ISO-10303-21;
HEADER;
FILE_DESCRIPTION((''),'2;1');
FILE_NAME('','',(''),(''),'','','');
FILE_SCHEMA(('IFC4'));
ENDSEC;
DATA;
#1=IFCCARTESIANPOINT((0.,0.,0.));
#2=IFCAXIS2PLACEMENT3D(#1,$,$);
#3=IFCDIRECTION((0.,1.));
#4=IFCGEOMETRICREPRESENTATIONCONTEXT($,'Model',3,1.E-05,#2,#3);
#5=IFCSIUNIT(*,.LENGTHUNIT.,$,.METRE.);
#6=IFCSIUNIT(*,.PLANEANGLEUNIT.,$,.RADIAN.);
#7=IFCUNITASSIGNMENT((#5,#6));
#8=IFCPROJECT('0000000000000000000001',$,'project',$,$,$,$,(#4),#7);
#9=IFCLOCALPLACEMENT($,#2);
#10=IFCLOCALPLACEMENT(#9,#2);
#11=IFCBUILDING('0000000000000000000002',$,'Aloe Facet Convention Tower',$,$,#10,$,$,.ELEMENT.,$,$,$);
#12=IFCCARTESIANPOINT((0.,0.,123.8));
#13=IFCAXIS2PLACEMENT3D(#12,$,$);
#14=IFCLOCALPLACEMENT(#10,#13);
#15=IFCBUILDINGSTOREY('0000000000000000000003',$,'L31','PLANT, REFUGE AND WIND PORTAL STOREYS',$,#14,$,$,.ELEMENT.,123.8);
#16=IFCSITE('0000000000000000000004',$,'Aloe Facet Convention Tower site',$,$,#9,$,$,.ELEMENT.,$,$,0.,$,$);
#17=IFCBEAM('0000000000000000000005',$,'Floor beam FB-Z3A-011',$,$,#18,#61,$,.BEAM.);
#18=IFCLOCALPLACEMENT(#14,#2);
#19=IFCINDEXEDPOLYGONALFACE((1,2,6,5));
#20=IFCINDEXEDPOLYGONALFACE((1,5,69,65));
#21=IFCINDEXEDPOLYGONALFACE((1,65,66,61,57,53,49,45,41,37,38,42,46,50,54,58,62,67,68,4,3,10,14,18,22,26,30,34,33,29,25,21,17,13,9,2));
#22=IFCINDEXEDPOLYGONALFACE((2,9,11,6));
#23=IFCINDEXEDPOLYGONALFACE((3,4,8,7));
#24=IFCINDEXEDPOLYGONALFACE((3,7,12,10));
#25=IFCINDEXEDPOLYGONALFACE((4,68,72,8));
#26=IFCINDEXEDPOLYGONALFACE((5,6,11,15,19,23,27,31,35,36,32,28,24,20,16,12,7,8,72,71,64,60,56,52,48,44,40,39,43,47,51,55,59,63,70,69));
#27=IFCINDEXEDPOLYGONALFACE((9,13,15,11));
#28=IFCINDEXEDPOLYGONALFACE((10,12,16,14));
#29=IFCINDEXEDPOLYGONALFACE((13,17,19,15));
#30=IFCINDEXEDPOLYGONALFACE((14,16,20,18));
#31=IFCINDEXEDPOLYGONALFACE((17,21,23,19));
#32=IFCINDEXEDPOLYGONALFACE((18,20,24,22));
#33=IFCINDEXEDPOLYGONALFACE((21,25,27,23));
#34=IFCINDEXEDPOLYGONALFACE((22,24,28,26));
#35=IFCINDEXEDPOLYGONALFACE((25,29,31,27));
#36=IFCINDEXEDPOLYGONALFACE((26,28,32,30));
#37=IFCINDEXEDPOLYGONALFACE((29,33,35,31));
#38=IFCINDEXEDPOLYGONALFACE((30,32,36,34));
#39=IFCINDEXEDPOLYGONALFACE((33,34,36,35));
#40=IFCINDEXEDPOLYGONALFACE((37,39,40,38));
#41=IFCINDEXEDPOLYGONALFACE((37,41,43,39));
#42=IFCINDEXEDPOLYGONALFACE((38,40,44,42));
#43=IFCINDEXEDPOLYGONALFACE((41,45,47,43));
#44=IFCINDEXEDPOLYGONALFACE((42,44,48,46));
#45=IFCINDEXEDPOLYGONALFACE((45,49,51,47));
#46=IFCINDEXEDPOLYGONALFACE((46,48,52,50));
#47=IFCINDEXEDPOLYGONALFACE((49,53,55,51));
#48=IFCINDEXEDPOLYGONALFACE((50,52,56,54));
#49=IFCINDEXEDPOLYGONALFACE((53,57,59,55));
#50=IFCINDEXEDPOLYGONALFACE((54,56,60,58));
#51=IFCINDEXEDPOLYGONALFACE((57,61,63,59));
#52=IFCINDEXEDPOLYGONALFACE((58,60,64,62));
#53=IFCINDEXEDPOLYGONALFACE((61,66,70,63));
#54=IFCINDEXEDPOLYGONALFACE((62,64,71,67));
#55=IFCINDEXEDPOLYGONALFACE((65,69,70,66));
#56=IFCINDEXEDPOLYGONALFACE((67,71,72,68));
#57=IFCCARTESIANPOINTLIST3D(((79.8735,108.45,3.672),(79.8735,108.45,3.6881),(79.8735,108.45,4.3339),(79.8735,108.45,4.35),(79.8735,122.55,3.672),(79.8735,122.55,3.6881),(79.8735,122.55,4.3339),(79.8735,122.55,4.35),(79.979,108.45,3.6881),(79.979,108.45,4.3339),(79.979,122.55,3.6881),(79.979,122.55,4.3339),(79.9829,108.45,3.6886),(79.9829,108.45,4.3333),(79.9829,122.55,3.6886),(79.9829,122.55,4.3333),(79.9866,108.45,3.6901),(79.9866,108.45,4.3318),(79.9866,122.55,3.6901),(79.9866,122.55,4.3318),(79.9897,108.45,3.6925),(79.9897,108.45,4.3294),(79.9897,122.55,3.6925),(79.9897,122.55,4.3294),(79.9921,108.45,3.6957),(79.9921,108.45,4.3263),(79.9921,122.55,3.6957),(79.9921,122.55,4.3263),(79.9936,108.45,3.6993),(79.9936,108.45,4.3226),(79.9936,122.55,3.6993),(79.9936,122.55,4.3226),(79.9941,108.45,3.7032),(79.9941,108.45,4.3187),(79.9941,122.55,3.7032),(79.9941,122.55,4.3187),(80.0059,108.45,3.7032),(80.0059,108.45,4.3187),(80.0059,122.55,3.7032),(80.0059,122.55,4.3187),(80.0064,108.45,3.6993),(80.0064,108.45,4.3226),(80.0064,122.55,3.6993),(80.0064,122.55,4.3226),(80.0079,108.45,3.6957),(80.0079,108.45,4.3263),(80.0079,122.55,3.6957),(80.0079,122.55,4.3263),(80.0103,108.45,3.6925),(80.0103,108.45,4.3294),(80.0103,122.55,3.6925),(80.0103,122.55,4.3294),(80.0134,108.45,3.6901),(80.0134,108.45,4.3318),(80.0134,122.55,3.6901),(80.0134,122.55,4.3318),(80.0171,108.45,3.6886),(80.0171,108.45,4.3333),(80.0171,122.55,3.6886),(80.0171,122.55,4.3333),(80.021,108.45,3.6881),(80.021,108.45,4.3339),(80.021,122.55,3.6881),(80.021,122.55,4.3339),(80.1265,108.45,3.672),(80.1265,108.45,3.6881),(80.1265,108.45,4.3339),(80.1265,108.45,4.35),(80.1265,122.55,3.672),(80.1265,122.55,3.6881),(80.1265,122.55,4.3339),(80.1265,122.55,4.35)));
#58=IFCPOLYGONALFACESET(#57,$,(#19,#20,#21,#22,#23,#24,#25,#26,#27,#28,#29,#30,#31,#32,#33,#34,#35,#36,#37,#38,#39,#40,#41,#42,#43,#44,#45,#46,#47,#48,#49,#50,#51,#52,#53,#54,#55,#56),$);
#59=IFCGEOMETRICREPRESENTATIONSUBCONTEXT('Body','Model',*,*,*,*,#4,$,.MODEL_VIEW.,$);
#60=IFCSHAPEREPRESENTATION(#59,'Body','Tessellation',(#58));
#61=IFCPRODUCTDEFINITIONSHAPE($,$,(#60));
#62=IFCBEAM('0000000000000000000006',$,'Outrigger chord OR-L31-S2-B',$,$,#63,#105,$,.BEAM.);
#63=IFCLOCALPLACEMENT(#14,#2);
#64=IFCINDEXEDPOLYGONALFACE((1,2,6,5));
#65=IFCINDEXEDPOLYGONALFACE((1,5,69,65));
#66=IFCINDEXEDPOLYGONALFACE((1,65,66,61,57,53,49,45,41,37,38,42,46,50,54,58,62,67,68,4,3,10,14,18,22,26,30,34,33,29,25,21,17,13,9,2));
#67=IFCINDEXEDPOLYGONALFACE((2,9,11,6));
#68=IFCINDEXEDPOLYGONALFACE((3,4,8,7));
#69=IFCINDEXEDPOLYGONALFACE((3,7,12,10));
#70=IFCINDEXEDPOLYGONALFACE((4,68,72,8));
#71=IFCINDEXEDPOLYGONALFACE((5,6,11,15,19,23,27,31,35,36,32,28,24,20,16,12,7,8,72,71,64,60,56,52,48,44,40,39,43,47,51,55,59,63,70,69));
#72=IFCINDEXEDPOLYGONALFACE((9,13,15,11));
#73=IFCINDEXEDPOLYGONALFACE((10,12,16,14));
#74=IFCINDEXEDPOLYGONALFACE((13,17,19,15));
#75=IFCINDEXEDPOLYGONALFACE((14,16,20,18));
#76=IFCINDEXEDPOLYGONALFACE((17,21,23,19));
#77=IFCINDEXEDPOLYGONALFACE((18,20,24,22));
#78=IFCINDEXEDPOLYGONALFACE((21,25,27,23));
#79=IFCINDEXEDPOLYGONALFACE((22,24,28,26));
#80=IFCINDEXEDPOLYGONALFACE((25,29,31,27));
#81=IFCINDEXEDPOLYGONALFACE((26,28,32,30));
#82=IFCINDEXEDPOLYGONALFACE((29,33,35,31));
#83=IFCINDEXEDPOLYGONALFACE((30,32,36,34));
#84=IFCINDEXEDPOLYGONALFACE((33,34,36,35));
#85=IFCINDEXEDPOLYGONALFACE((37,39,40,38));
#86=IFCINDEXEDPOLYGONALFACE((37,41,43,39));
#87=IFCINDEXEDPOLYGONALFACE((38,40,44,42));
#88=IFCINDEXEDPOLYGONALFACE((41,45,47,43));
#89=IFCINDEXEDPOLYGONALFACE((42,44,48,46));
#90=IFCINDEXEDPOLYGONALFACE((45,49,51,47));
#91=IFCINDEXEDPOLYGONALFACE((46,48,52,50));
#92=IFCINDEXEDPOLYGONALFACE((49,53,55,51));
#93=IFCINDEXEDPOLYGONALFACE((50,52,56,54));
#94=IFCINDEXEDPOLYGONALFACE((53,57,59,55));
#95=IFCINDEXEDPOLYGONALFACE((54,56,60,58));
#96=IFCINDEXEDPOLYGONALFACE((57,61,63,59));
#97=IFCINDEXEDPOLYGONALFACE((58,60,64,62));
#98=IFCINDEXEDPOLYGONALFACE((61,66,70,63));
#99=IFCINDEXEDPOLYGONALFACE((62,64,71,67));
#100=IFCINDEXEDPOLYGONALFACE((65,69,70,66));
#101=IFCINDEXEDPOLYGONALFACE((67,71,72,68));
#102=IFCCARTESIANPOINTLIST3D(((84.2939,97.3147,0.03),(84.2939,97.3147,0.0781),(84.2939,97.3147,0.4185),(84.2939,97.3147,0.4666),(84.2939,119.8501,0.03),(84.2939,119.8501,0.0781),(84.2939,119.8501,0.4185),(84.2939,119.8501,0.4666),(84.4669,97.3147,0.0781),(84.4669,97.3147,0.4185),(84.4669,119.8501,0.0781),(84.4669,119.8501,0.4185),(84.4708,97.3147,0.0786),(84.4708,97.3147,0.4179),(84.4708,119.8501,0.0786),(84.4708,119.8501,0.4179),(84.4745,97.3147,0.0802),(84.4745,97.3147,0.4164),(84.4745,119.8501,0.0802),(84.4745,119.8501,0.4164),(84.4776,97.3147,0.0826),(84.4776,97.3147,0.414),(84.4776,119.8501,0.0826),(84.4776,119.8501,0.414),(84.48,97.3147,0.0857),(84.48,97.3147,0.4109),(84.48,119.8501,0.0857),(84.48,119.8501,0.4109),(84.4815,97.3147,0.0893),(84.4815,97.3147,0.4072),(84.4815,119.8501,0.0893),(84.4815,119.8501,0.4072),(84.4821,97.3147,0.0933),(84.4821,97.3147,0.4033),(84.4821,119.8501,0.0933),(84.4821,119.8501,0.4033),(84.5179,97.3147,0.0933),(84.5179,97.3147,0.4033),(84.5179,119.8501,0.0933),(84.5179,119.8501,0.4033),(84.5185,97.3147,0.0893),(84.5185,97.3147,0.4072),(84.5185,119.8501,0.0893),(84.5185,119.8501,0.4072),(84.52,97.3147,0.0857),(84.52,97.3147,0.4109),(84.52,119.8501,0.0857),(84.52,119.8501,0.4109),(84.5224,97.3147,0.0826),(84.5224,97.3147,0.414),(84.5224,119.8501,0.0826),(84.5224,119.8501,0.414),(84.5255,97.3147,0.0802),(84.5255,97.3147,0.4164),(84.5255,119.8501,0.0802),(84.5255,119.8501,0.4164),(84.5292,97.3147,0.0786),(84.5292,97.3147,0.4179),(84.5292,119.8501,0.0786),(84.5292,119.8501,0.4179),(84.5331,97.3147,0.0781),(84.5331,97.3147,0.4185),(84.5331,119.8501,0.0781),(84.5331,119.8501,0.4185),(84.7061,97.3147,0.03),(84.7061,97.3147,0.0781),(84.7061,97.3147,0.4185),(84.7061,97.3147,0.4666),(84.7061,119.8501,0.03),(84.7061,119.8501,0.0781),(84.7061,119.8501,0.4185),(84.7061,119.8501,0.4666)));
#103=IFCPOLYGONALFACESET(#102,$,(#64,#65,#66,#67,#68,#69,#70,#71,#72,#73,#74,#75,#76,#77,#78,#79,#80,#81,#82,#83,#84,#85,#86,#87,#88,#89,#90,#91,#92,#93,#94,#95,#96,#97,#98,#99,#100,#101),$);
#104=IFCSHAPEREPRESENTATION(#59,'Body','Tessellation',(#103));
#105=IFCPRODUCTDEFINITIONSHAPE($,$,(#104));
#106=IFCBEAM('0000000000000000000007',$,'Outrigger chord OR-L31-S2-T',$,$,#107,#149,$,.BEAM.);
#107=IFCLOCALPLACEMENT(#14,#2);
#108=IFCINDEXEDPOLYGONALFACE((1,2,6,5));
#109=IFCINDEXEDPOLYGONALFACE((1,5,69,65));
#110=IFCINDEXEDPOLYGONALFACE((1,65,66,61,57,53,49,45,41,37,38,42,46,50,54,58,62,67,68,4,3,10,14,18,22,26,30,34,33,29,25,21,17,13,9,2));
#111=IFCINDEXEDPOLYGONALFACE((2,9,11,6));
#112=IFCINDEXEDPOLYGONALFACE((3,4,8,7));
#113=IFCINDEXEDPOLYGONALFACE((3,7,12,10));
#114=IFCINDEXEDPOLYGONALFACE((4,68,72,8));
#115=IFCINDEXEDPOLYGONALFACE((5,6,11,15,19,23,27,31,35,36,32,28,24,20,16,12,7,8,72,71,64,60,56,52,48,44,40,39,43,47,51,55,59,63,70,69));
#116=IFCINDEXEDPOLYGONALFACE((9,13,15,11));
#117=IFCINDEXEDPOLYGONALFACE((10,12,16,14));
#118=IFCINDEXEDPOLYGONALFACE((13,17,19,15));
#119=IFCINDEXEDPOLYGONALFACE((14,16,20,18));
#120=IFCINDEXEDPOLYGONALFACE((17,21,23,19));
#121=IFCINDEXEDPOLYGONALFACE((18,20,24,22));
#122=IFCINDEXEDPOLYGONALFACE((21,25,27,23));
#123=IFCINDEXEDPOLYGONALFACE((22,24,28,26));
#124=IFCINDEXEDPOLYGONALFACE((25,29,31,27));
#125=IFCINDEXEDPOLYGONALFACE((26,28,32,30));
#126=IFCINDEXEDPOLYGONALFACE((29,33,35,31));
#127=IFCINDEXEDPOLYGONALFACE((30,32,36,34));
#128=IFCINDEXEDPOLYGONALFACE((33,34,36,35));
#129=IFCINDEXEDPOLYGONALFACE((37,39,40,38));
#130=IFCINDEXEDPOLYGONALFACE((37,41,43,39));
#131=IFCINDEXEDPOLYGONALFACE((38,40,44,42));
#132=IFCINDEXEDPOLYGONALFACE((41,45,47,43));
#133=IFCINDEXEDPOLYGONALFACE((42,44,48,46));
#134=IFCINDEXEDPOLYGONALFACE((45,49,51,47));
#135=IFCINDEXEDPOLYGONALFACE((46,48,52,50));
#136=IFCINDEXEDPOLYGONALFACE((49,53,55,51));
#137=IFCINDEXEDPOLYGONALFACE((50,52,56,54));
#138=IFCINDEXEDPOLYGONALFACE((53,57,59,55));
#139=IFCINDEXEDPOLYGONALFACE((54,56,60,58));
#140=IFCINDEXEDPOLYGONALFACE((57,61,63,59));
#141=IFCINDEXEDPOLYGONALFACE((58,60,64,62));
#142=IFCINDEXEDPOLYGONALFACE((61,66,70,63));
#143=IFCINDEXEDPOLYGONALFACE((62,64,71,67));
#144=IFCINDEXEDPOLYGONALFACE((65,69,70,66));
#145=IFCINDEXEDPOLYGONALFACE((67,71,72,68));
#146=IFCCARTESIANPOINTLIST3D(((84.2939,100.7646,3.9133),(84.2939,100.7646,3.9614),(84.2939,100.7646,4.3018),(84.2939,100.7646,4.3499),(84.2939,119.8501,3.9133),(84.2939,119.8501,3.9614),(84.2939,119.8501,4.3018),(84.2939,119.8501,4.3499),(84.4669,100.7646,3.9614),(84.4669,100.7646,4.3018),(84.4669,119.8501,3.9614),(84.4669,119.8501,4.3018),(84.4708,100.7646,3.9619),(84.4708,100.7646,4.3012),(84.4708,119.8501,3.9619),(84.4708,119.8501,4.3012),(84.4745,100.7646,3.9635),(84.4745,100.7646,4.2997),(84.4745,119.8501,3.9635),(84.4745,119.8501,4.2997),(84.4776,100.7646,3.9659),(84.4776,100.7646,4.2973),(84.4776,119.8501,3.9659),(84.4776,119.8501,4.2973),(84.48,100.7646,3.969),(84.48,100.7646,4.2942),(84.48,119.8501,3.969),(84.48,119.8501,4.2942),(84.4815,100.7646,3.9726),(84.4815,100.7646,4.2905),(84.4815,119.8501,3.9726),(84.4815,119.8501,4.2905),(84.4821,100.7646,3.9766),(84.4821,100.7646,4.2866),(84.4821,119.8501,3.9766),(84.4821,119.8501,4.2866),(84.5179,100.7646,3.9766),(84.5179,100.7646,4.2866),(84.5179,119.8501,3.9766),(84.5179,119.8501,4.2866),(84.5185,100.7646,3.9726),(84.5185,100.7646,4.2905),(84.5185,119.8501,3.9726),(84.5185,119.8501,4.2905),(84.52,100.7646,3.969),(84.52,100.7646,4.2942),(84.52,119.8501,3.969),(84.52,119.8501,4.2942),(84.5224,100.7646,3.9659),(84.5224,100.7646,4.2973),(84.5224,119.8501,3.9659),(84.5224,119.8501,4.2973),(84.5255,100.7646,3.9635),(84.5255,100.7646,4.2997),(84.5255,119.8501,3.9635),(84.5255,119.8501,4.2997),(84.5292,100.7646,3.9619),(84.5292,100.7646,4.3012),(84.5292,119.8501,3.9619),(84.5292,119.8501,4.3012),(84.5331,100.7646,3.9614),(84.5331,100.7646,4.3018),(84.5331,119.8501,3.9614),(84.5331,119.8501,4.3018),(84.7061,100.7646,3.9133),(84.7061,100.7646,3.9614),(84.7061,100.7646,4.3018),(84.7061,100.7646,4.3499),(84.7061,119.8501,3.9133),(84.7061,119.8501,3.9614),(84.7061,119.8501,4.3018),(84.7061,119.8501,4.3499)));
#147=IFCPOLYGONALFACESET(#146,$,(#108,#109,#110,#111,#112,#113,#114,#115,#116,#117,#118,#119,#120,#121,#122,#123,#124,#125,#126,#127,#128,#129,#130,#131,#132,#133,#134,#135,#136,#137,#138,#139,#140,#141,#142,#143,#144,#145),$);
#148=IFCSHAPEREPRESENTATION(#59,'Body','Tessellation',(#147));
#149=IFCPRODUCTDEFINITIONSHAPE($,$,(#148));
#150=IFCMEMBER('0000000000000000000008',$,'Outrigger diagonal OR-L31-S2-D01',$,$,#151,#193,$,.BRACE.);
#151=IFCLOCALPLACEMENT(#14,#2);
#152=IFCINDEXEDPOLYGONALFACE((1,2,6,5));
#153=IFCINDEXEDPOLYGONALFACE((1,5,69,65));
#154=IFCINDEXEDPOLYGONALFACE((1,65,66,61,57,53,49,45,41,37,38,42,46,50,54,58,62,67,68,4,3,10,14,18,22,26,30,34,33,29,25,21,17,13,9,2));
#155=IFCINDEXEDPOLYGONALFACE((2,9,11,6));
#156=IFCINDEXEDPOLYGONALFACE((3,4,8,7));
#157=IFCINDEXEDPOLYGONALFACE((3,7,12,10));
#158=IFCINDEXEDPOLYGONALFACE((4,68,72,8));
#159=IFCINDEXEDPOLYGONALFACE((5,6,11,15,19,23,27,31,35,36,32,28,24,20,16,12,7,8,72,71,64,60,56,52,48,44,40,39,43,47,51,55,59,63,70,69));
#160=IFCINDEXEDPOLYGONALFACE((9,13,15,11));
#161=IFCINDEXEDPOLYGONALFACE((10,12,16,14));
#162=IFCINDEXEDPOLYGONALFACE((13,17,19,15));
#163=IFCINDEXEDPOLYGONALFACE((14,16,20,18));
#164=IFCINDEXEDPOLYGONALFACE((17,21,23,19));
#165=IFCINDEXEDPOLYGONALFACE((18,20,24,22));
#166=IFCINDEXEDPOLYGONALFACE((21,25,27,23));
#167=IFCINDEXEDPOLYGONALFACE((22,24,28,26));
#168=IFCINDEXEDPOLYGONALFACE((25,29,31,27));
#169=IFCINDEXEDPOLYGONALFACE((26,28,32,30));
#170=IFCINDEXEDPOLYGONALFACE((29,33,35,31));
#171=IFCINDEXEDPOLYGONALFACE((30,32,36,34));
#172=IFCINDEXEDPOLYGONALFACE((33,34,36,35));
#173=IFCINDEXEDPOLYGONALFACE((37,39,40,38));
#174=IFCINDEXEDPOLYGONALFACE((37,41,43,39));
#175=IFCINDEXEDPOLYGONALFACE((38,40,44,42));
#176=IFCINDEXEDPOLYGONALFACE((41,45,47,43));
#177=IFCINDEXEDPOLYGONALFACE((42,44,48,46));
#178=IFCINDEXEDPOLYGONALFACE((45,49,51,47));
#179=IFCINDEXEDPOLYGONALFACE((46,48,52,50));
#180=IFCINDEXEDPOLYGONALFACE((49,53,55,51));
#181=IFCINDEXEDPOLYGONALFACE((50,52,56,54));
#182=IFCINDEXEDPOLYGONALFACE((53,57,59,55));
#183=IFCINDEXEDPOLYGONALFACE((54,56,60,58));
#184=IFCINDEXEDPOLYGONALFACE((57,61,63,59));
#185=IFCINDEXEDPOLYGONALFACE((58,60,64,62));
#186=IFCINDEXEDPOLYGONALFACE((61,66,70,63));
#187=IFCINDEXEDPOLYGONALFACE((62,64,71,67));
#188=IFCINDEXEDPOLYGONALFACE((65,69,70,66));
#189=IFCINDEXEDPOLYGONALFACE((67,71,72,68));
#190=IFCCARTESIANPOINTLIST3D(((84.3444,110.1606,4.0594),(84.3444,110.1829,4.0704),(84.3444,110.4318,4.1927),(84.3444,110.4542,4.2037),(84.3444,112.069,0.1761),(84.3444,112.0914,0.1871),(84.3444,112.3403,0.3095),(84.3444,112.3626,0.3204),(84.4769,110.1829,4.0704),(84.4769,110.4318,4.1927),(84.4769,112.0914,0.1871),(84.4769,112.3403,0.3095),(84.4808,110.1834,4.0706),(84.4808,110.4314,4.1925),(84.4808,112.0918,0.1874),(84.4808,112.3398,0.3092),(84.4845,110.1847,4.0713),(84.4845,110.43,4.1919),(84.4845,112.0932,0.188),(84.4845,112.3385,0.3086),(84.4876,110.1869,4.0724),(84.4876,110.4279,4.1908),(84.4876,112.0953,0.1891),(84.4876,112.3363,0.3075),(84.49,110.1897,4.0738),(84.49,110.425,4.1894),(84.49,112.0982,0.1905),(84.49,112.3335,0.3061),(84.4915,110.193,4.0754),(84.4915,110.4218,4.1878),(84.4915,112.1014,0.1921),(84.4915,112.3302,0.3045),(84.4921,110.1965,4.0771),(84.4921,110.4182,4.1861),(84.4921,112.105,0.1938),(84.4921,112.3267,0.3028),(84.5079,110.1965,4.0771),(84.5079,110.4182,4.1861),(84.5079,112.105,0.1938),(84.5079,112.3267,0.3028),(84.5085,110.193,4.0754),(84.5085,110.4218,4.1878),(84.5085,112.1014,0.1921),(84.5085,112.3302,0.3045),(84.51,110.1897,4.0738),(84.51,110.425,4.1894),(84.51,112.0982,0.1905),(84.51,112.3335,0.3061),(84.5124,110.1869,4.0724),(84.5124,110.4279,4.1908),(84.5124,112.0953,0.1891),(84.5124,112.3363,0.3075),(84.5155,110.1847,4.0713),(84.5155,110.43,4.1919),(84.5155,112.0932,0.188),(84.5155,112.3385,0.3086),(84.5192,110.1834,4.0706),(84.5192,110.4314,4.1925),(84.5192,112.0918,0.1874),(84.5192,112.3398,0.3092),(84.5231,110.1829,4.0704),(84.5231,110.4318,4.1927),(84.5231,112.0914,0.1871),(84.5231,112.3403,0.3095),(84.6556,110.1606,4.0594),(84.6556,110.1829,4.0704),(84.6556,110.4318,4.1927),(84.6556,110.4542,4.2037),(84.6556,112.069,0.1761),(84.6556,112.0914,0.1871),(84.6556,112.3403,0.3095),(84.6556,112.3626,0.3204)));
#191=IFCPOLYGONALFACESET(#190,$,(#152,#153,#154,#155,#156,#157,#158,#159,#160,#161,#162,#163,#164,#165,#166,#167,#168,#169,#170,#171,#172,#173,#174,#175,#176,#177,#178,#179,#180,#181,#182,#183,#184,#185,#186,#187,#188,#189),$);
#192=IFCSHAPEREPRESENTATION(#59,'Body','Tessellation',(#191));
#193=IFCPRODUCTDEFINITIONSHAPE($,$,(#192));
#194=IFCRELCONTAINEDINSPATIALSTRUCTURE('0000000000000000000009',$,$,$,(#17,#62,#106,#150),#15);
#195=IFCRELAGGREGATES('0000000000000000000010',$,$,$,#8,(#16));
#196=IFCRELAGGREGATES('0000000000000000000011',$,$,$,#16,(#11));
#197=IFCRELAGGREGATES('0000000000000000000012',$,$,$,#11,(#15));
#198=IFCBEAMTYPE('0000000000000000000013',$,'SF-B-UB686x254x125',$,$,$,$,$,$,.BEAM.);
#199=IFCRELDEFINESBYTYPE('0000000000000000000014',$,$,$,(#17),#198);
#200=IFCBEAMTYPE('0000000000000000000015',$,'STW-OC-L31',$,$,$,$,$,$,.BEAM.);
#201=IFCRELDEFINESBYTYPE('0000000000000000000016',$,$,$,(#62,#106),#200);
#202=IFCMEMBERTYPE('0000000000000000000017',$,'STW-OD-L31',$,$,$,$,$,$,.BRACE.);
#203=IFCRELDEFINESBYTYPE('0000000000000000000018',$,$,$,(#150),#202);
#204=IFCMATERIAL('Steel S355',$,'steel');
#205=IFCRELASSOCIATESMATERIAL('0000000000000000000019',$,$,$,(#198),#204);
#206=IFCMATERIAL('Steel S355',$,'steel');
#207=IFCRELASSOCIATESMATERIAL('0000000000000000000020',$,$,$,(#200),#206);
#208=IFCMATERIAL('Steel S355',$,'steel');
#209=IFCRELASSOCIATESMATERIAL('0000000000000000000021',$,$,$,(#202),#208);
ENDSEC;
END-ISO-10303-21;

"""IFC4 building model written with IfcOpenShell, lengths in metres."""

from ifc_helpers import new_model, si_unit, direction, frame, origin, origin_2d, place, context, subcontext, project, spatial, i_section, extrude, material, material_profile, profile_set, type_object, element, save


model = new_model("IFC4")

# Units and contexts
model_context = context("Model", 3, precision=1e-05, world=origin(), true_north=direction((0.0, 1.0)))
body_context = subcontext(model_context, "Body", "Model", "MODEL_VIEW")
ifc_project = project(units=[si_unit("LENGTHUNIT", "METRE"), si_unit("PLANEANGLEUNIT", "RADIAN")], contexts=[model_context])

# Site, building, storey
site_placement = place(None, origin())
site = spatial("IfcSite", under=ifc_project, at=site_placement, Name="Aloe Facet Convention Tower site", CompositionType="ELEMENT", RefElevation=0.0)
building_placement = place(site_placement, origin())
building = spatial("IfcBuilding", under=site, at=building_placement, Name="Aloe Facet Convention Tower", CompositionType="ELEMENT")
storey_placement = place(building_placement, frame((0.0, 0.0, 123.8)))
storey = spatial("IfcBuildingStorey", under=building, at=storey_placement, Name="L31", Description="PLANT, REFUGE AND WIND PORTAL STOREYS", CompositionType="ELEMENT", Elevation=123.8)

# Beams
ifc_material_1 = material(Name="Steel S355", Category="steel")
ifc_material_profile_1 = material_profile(ifc_material_1, i_section(OverallWidth=0.2529, OverallDepth=0.678, WebThickness=0.0117, FlangeThickness=0.0161, FilletRadius=0.0151, at=origin_2d()), Name="UB 686x254x125")
ifc_profile_set_1 = profile_set([ifc_material_profile_1], Name="Steel S355")
beam_type_1 = type_object("IfcBeamType", Name="SF-B-UB686x254x125", PredefinedType="BEAM", material=ifc_profile_set_1)
beam_1_placement = place(storey_placement, frame((80.0, 122.55, 4.011), z_axis=(0.0, -1.0, 0.0), x_axis=(1.0, 0.0, 0.0)))
element("IfcBeam", 1, at=beam_1_placement, inside=storey, type_object=beam_type_1, Name="Floor beam FB-Z3A-011", PredefinedType="BEAM", context=body_context, shape_type="SweptSolid", body=[
    extrude(i_section(OverallWidth=0.2529, OverallDepth=0.678, WebThickness=0.0117, FlangeThickness=0.0161, FilletRadius=0.0151, at=origin_2d()), origin(), (0.0, 0.0, 1.0), 14.1001),
])
ifc_material_2 = material(Name="Steel S355", Category="steel")
ifc_material_profile_2 = material_profile(ifc_material_2, i_section(OverallWidth=0.4121, OverallDepth=0.4365, WebThickness=0.0359, FlangeThickness=0.0481, FilletRadius=0.0151, at=origin_2d()), Name="UC 356x406x467")
ifc_profile_set_2 = profile_set([ifc_material_profile_2], Name="Steel S355")
beam_type_2 = type_object("IfcBeamType", Name="STW-OC-L31", PredefinedType="BEAM", material=ifc_profile_set_2)
beam_2_placement = place(storey_placement, frame((84.5, 119.8501, 0.2483), z_axis=(0.0, -1.0, 0.0), x_axis=(1.0, 0.0, 0.0)))
element("IfcBeam", 2, at=beam_2_placement, inside=storey, type_object=beam_type_2, Name="Outrigger chord OR-L31-S2-B", PredefinedType="BEAM", context=body_context, shape_type="SweptSolid", body=[
    extrude(i_section(OverallWidth=0.4121, OverallDepth=0.4365, WebThickness=0.0359, FlangeThickness=0.0481, FilletRadius=0.0151, at=origin_2d()), origin(), (0.0, 0.0, 1.0), 22.5354),
])
beam_3_placement = place(storey_placement, frame((84.5, 119.8501, 4.1316), z_axis=(0.0, -1.0, 0.0), x_axis=(1.0, 0.0, 0.0)))
element("IfcBeam", 3, at=beam_3_placement, inside=storey, type_object=beam_type_2, Name="Outrigger chord OR-L31-S2-T", PredefinedType="BEAM", context=body_context, shape_type="SweptSolid", body=[
    extrude(i_section(OverallWidth=0.4121, OverallDepth=0.4365, WebThickness=0.0359, FlangeThickness=0.0481, FilletRadius=0.0151, at=origin_2d()), origin(), (0.0, 0.0, 1.0), 19.0854),
])

# Member
ifc_material_3 = material(Name="Steel S355", Category="steel")
ifc_material_profile_3 = material_profile(ifc_material_3, i_section(OverallWidth=0.3113, OverallDepth=0.3271, WebThickness=0.0159, FlangeThickness=0.0249, FilletRadius=0.0151, at=origin_2d()), Name="UC 305x305x158")
ifc_profile_set_3 = profile_set([ifc_material_profile_3], Name="Steel S355")
member_type = type_object("IfcMemberType", Name="STW-OD-L31", PredefinedType="BRACE", material=ifc_profile_set_3)
for number, where, z_axis, x_axis, name in (
    (4, (84.5, 112.2158, 0.2483), (0.0, -0.441064, 0.897476), (1.0, 0.0, 0.0), "Outrigger diagonal OR-L31-S2-D01"),
):
    element("IfcMember", number, at=place(storey_placement, frame(where, z_axis=z_axis, x_axis=x_axis)), inside=storey, type_object=member_type, Name=name, PredefinedType="BRACE", context=body_context, shape_type="SweptSolid", body=[
        extrude(i_section(OverallWidth=0.3113, OverallDepth=0.3271, WebThickness=0.0159, FlangeThickness=0.0249, FilletRadius=0.0151, at=origin_2d()), origin(), (0.0, 0.0, 1.0), 4.3269),
    ])

save(model, "model.ifc")
